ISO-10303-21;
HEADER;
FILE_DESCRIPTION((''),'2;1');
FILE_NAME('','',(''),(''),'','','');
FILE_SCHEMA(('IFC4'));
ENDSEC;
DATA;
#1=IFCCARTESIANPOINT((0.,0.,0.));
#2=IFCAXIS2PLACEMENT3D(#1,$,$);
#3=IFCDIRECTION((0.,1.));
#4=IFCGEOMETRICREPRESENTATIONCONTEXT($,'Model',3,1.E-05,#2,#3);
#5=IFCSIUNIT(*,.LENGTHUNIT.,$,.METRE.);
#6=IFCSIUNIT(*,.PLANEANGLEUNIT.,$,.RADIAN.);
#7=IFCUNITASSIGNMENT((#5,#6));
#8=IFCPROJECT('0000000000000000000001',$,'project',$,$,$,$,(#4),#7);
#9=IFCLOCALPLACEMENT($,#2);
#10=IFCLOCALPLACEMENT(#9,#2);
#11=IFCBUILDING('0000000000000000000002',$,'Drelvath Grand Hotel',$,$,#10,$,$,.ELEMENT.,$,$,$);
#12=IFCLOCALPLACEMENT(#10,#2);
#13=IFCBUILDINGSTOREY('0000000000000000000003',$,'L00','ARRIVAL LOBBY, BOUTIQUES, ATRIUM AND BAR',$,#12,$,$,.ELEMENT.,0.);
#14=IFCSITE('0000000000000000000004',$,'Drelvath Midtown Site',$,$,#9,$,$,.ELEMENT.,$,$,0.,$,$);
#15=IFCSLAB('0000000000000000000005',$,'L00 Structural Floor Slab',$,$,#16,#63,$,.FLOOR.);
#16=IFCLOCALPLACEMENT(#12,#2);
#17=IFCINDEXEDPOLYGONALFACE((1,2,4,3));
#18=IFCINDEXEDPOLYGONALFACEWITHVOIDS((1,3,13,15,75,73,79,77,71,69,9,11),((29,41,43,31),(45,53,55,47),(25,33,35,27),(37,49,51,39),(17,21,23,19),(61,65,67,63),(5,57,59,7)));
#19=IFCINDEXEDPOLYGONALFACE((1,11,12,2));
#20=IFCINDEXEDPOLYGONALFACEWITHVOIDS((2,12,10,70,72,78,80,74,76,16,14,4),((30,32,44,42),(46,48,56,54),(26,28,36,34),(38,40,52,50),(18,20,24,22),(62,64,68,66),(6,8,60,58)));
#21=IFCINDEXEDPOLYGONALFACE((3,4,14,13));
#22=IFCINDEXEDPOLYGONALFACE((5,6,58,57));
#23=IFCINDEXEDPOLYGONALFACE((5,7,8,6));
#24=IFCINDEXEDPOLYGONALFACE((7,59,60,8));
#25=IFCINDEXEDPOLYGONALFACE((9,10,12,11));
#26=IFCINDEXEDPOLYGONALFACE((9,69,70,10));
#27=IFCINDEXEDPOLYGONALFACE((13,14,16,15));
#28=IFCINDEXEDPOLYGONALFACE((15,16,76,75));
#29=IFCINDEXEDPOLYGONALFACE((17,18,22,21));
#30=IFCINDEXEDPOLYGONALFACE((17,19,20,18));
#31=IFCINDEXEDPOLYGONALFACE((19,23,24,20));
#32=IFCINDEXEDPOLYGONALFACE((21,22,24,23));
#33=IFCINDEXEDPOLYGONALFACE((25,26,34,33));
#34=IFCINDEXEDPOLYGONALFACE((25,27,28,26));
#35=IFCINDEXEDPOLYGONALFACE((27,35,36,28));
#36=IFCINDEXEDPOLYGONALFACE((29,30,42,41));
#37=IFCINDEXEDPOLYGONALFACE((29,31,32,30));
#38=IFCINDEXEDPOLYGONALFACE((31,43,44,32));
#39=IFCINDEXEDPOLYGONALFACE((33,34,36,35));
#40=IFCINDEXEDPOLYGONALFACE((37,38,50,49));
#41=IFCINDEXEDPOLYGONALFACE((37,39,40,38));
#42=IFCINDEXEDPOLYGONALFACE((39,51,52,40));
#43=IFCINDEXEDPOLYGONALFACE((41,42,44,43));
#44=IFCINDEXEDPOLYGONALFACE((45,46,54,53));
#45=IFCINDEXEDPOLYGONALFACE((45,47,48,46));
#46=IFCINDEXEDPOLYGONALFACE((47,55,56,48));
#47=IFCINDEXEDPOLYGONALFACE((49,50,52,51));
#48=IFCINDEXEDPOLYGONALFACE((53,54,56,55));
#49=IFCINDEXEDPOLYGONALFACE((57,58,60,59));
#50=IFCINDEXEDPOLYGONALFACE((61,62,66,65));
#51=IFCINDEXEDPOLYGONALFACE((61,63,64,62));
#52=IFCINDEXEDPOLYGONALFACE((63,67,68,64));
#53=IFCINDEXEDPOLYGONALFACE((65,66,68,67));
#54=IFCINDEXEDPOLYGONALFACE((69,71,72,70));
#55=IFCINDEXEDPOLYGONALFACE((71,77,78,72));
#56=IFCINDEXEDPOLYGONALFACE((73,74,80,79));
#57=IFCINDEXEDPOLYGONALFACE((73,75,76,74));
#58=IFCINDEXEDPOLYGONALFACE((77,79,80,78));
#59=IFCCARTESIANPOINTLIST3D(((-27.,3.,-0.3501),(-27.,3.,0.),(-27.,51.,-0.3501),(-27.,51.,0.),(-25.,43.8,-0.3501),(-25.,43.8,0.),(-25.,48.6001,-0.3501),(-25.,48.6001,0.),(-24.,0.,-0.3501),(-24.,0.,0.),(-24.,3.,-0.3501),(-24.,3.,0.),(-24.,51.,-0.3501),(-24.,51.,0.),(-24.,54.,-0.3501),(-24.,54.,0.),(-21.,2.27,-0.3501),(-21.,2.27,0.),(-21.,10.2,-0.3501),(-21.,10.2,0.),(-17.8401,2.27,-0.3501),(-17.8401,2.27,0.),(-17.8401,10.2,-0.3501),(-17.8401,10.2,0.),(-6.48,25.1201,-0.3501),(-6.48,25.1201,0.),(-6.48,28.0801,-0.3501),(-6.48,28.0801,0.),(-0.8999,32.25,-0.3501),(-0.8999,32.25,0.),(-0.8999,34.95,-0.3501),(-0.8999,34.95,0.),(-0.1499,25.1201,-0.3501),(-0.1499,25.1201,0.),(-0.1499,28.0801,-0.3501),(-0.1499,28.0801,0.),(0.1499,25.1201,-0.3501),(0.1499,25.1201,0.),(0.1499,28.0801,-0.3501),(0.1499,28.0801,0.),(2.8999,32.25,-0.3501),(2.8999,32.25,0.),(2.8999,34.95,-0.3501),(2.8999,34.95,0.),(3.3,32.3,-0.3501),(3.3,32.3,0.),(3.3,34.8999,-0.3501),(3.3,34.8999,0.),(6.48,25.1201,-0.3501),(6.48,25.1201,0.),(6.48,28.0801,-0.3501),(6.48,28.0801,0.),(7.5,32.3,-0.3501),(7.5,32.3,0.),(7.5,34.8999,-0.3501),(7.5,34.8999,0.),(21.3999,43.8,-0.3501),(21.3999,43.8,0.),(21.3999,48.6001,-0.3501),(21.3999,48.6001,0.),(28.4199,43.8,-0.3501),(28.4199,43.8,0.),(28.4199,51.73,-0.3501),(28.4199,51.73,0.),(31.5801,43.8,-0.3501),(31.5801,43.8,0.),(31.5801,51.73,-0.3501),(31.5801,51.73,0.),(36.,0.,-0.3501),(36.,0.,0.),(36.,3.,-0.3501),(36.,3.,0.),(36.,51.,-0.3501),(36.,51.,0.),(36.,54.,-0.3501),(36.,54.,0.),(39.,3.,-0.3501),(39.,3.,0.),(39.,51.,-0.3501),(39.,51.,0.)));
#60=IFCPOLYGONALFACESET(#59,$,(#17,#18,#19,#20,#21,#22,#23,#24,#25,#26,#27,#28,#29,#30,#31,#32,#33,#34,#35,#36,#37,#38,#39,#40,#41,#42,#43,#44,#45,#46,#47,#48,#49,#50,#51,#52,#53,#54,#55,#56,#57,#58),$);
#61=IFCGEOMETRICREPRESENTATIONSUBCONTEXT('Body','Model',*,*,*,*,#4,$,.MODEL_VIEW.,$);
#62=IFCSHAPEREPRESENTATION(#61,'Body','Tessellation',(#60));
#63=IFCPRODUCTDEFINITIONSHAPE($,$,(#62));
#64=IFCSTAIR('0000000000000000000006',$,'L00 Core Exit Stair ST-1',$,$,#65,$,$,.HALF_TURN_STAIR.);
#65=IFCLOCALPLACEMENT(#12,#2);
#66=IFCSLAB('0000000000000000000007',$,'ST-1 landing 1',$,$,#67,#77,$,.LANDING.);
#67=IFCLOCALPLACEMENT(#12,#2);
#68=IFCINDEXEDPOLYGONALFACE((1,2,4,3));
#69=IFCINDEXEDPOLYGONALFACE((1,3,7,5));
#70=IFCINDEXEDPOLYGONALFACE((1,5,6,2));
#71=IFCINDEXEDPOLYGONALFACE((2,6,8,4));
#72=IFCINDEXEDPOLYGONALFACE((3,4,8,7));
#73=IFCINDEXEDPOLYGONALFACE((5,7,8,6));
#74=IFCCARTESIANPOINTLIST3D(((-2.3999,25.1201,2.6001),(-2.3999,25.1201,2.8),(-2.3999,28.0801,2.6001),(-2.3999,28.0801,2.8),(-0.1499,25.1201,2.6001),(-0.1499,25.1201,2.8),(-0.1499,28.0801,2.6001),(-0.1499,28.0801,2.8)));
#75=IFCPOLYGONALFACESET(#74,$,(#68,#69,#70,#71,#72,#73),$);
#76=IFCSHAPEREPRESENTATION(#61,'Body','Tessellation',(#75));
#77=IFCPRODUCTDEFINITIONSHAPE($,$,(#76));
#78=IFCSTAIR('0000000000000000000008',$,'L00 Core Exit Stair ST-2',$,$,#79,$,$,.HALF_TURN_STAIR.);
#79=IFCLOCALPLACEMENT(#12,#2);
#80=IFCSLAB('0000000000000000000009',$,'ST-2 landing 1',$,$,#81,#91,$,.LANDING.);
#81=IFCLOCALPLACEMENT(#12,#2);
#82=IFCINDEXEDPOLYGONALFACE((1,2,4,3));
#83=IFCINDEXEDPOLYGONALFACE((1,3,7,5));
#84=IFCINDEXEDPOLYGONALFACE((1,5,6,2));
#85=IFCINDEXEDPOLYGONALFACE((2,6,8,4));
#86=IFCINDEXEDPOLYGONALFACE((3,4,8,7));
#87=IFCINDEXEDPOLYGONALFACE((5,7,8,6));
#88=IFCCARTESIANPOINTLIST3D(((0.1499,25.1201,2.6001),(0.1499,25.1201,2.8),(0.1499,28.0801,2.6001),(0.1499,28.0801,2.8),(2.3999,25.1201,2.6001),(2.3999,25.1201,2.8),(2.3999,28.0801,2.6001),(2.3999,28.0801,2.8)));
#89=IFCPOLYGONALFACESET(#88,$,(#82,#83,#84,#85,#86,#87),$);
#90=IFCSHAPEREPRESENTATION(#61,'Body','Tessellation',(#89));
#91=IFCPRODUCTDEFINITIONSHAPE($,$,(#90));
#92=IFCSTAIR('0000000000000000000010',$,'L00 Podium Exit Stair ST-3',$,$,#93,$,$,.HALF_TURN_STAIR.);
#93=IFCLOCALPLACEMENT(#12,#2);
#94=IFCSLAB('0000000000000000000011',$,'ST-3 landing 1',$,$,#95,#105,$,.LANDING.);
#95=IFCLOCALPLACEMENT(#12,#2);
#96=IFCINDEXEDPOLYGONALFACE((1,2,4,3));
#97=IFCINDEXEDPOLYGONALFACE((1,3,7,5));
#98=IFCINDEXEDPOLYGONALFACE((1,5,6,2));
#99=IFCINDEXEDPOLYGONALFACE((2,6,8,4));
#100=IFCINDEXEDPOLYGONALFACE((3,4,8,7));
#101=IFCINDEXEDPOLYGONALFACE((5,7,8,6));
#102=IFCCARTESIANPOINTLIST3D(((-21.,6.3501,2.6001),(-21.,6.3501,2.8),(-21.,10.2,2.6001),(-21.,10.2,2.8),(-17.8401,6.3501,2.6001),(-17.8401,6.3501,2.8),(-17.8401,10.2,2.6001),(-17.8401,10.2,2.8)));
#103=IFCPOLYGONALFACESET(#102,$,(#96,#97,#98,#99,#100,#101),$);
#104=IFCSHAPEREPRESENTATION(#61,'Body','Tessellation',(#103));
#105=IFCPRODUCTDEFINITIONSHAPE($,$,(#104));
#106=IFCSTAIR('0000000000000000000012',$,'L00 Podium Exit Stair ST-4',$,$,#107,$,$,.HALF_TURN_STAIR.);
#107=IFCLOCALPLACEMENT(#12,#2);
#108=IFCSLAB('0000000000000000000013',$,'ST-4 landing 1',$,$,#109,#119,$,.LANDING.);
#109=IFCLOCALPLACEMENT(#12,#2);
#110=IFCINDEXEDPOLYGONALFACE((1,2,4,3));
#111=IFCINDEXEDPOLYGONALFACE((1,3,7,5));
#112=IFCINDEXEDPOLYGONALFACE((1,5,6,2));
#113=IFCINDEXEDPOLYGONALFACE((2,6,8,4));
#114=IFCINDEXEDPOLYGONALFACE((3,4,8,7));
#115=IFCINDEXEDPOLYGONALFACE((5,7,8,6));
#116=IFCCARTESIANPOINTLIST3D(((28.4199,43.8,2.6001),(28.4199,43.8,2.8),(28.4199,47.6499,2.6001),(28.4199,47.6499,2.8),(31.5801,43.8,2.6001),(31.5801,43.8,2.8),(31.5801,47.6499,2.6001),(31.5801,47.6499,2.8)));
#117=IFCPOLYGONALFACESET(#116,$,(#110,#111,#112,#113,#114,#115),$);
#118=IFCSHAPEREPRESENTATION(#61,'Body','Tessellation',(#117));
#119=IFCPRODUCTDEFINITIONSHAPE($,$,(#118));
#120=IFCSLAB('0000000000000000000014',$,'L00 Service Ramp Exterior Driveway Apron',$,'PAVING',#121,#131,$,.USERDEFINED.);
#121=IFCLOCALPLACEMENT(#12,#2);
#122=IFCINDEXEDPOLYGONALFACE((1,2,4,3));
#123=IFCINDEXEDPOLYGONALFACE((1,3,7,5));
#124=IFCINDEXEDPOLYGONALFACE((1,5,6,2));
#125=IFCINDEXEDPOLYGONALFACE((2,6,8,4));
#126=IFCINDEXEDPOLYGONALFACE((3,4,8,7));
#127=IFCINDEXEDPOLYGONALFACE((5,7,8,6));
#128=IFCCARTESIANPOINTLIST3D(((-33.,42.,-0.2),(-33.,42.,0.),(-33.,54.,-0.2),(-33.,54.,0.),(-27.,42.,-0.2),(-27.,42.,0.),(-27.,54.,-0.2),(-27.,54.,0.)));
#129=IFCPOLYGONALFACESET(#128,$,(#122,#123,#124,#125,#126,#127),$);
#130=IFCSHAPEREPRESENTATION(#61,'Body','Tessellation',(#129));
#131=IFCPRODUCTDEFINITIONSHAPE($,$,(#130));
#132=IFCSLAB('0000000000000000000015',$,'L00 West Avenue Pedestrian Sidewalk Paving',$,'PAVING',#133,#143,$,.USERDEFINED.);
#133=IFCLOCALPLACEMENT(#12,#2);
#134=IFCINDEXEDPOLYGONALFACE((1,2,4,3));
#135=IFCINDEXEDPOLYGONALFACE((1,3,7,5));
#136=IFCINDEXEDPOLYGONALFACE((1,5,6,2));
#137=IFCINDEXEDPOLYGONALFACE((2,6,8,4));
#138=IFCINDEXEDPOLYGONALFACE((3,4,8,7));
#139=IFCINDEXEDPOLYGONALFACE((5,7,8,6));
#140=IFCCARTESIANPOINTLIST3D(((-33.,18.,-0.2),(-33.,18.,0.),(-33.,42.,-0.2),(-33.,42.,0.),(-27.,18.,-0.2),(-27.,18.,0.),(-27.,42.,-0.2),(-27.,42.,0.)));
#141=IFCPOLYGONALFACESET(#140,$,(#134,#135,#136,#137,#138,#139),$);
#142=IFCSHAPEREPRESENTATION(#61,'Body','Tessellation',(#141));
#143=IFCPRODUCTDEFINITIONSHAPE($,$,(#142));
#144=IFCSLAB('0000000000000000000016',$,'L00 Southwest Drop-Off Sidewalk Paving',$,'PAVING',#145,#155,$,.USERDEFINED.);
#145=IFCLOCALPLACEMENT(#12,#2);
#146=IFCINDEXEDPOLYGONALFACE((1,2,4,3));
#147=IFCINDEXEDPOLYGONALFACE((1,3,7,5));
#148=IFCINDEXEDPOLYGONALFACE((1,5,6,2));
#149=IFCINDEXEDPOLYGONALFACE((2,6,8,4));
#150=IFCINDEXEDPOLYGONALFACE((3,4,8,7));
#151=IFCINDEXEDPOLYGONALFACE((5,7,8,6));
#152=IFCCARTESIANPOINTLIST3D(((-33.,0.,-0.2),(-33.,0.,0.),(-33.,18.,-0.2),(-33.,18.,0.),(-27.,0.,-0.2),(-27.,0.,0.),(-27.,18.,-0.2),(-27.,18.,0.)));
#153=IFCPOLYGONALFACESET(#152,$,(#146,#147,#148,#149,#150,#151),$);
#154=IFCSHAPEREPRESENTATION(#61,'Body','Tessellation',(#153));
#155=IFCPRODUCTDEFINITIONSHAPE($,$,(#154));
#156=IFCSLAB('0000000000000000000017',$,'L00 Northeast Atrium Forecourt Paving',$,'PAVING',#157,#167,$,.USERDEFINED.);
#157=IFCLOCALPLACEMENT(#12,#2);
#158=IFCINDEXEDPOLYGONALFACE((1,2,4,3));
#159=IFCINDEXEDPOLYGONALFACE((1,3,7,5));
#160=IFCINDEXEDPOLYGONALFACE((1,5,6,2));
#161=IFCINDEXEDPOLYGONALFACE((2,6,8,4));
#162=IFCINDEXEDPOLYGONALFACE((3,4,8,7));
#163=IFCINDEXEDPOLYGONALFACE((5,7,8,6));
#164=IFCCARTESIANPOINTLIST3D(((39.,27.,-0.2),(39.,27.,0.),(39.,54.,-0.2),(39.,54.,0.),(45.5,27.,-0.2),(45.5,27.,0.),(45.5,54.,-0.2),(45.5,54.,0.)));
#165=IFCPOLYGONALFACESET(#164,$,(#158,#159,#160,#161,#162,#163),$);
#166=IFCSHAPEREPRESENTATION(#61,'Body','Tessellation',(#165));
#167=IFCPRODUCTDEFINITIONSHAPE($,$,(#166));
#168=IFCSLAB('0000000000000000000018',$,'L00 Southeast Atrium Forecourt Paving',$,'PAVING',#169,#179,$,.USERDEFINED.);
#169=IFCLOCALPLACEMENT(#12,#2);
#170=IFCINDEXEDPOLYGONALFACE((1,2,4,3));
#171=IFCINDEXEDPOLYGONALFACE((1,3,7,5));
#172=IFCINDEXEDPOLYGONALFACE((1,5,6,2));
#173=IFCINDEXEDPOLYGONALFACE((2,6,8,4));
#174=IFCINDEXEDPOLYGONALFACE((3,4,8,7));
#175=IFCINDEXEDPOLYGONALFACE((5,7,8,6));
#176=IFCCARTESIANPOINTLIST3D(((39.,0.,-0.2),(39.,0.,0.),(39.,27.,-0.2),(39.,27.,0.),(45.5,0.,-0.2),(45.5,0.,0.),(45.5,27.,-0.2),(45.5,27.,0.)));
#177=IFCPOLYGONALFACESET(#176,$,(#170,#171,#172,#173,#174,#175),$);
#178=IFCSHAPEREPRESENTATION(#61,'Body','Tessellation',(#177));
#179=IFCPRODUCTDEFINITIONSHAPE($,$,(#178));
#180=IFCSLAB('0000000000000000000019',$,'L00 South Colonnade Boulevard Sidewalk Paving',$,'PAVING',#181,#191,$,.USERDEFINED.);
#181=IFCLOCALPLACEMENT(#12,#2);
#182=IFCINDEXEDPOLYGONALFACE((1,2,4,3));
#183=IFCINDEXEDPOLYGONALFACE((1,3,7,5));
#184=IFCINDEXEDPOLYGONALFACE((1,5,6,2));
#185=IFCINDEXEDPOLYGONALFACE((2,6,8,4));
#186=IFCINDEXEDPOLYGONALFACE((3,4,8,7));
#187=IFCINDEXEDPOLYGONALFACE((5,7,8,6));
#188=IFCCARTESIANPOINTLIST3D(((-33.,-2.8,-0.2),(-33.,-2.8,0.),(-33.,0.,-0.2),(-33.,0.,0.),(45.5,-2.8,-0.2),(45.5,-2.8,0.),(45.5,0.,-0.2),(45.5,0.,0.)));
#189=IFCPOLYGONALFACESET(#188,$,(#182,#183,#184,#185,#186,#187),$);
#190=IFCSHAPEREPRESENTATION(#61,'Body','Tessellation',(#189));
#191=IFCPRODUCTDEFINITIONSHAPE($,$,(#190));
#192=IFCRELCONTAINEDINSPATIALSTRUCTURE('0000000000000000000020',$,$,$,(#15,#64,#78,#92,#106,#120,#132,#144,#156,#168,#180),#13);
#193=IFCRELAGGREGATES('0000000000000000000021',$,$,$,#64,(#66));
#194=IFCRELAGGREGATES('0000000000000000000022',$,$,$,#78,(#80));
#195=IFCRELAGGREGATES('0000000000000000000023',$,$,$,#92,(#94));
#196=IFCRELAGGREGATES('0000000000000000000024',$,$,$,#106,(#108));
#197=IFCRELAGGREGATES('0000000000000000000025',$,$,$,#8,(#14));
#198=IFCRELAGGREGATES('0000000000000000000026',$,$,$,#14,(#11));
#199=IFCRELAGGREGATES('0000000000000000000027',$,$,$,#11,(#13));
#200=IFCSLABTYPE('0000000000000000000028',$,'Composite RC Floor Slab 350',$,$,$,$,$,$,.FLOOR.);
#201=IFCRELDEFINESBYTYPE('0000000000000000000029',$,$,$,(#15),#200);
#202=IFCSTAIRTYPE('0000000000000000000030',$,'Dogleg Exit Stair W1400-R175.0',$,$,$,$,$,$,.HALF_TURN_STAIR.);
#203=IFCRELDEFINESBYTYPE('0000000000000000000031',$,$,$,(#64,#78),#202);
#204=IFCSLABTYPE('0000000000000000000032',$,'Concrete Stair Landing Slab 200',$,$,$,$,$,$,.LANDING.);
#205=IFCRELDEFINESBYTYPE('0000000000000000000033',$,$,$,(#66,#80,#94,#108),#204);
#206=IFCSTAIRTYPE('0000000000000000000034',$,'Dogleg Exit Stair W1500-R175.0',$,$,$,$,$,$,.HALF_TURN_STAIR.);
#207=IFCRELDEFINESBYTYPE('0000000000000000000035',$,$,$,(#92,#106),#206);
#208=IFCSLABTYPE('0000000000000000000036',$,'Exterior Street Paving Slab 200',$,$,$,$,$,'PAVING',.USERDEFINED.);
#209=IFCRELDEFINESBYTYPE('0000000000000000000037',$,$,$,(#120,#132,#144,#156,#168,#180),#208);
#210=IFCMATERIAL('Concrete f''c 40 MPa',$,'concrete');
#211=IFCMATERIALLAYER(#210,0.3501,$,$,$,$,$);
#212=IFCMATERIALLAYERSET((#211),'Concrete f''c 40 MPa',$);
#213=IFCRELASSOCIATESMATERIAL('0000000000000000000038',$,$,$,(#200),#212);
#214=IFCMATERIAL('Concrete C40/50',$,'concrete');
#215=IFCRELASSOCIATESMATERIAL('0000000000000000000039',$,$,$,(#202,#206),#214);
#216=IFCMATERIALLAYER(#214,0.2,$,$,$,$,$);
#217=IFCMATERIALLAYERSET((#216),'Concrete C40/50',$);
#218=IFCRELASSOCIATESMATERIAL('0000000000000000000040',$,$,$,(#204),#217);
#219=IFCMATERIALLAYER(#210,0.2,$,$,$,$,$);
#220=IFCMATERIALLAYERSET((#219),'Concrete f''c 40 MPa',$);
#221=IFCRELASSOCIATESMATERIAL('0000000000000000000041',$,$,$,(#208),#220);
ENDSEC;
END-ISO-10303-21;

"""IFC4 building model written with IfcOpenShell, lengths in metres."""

from ifc_helpers import new_model, si_unit, direction, frame, origin, place, context, subcontext, project, spatial, polyline, outline, extrude, material, layer, layer_set, type_object, element, aggregate, save


model = new_model("IFC4")

# Units and contexts
model_context = context("Model", 3, precision=1e-05, world=origin(), true_north=direction((0.0, 1.0)))
body_context = subcontext(model_context, "Body", "Model", "MODEL_VIEW")
ifc_project = project(units=[si_unit("LENGTHUNIT", "METRE"), si_unit("PLANEANGLEUNIT", "RADIAN")], contexts=[model_context])

# Site, building, storey
site_placement = place(None, origin())
site = spatial("IfcSite", under=ifc_project, at=site_placement, Name="Drelvath Midtown Site", CompositionType="ELEMENT", RefElevation=0.0)
building_placement = place(site_placement, origin())
building = spatial("IfcBuilding", under=site, at=building_placement, Name="Drelvath Grand Hotel", CompositionType="ELEMENT")
storey_placement = place(building_placement, origin())
storey = spatial("IfcBuildingStorey", under=building, at=storey_placement, Name="L00", Description="ARRIVAL LOBBY, BOUTIQUES, ATRIUM AND BAR", CompositionType="ELEMENT", Elevation=0.0)

# Slab
ifc_material_1 = material(Name="Concrete f'c 40 MPa", Category="concrete")
ifc_layer_1 = layer(ifc_material_1, 0.3501)
ifc_layer_set_1 = layer_set([ifc_layer_1], Name="Concrete f'c 40 MPa")
slab_type_1 = type_object("IfcSlabType", Name="Composite RC Floor Slab 350", PredefinedType="FLOOR", material=ifc_layer_set_1)
slab_1_placement = place(storey_placement, frame((0.0, 0.0, -0.3501)))
element("IfcSlab", 1, at=slab_1_placement, inside=storey, type_object=slab_type_1, Name="L00 Structural Floor Slab", PredefinedType="FLOOR", context=body_context, shape_type="SweptSolid", body=[
    extrude(outline(polyline([(-24.0, 0.0), (36.0, 0.0), (36.0, 3.0), (39.0, 3.0), (39.0, 51.0), (36.0, 51.0), (36.0, 54.0), (-24.0, 54.0), (-24.0, 51.0), (-27.0, 51.0), (-27.0, 3.0), (-24.0, 3.0), (-24.0, 0.0)]), holes=[polyline([(-6.48, 25.1201), (-6.48, 28.0801), (-0.1499, 28.0801), (-0.1499, 25.1201), (-6.48, 25.1201)]), polyline([(0.1499, 25.1201), (0.1499, 28.0801), (6.48, 28.0801), (6.48, 25.1201), (0.1499, 25.1201)]), polyline([(-21.0, 2.27), (-21.0, 10.2), (-17.8401, 10.2), (-17.8401, 2.27), (-21.0, 2.27)]), polyline([(28.4199, 43.8), (28.4199, 51.73), (31.5801, 51.73), (31.5801, 43.8), (28.4199, 43.8)]), polyline([(-0.8999, 32.25), (-0.8999, 34.95), (2.8999, 34.95), (2.8999, 32.25), (-0.8999, 32.25)]), polyline([(3.3, 32.3), (3.3, 34.8999), (7.5, 34.8999), (7.5, 32.3), (3.3, 32.3)]), polyline([(-25.0, 43.8), (-25.0, 48.6001), (21.3999, 48.6001), (21.3999, 43.8), (-25.0, 43.8)])]), origin(), (0.0, 0.0, 1.0), 0.3501),
])

# Stairs, slabs
ifc_material_2 = material(Name="Concrete C40/50", Category="concrete")
stair_type_1 = type_object("IfcStairType", Name="Dogleg Exit Stair W1400-R175.0", PredefinedType="HALF_TURN_STAIR", material=ifc_material_2)
stair_1_placement = place(storey_placement, origin())
stair_1 = element("IfcStair", 2, at=stair_1_placement, inside=storey, type_object=stair_type_1, Name="L00 Core Exit Stair ST-1", PredefinedType="HALF_TURN_STAIR")
ifc_layer_2 = layer(ifc_material_2, 0.2)
ifc_layer_set_2 = layer_set([ifc_layer_2], Name="Concrete C40/50")
slab_type_2 = type_object("IfcSlabType", Name="Concrete Stair Landing Slab 200", PredefinedType="LANDING", material=ifc_layer_set_2)
slab_2_placement = place(storey_placement, frame((0.0, 0.0, 2.6001)))
slab_2 = element("IfcSlab", 3, at=slab_2_placement, type_object=slab_type_2, Name="ST-1 landing 1", PredefinedType="LANDING", context=body_context, shape_type="SweptSolid", body=[
    extrude(outline(polyline([(-2.3999, 25.1201), (-0.1499, 25.1201), (-0.1499, 28.0801), (-2.3999, 28.0801), (-2.3999, 25.1201)])), origin(), (0.0, 0.0, 1.0), 0.2),
])
aggregate(stair_1, [slab_2])
stair_2_placement = place(storey_placement, origin())
stair_2 = element("IfcStair", 4, at=stair_2_placement, inside=storey, type_object=stair_type_1, Name="L00 Core Exit Stair ST-2", PredefinedType="HALF_TURN_STAIR")
slab_3_placement = place(storey_placement, frame((0.0, 0.0, 2.6001)))
slab_3 = element("IfcSlab", 5, at=slab_3_placement, type_object=slab_type_2, Name="ST-2 landing 1", PredefinedType="LANDING", context=body_context, shape_type="SweptSolid", body=[
    extrude(outline(polyline([(2.3999, 28.0801), (0.1499, 28.0801), (0.1499, 25.1201), (2.3999, 25.1201), (2.3999, 28.0801)])), origin(), (0.0, 0.0, 1.0), 0.2),
])
aggregate(stair_2, [slab_3])
stair_type_2 = type_object("IfcStairType", Name="Dogleg Exit Stair W1500-R175.0", PredefinedType="HALF_TURN_STAIR", material=ifc_material_2)
stair_3_placement = place(storey_placement, origin())
stair_3 = element("IfcStair", 6, at=stair_3_placement, inside=storey, type_object=stair_type_2, Name="L00 Podium Exit Stair ST-3", PredefinedType="HALF_TURN_STAIR")
slab_4_placement = place(storey_placement, frame((0.0, 0.0, 2.6001)))
slab_4 = element("IfcSlab", 7, at=slab_4_placement, type_object=slab_type_2, Name="ST-3 landing 1", PredefinedType="LANDING", context=body_context, shape_type="SweptSolid", body=[
    extrude(outline(polyline([(-17.8401, 6.3501), (-17.8401, 10.2), (-21.0, 10.2), (-21.0, 6.3501), (-17.8401, 6.3501)])), origin(), (0.0, 0.0, 1.0), 0.2),
])
aggregate(stair_3, [slab_4])
stair_4_placement = place(storey_placement, origin())
stair_4 = element("IfcStair", 8, at=stair_4_placement, inside=storey, type_object=stair_type_2, Name="L00 Podium Exit Stair ST-4", PredefinedType="HALF_TURN_STAIR")
slab_5_placement = place(storey_placement, frame((0.0, 0.0, 2.6001)))
slab_5 = element("IfcSlab", 9, at=slab_5_placement, type_object=slab_type_2, Name="ST-4 landing 1", PredefinedType="LANDING", context=body_context, shape_type="SweptSolid", body=[
    extrude(outline(polyline([(28.4199, 47.6499), (28.4199, 43.8), (31.5801, 43.8), (31.5801, 47.6499), (28.4199, 47.6499)])), origin(), (0.0, 0.0, 1.0), 0.2),
])
aggregate(stair_4, [slab_5])

# Slabs
ifc_layer_3 = layer(ifc_material_1, 0.2)
ifc_layer_set_3 = layer_set([ifc_layer_3], Name="Concrete f'c 40 MPa")
slab_type_3 = type_object("IfcSlabType", Name="Exterior Street Paving Slab 200", ElementType="PAVING", PredefinedType="USERDEFINED", material=ifc_layer_set_3)
slab_6_placement = place(storey_placement, frame((0.0, 0.0, -0.2)))
element("IfcSlab", 10, at=slab_6_placement, inside=storey, type_object=slab_type_3, Name="L00 Service Ramp Exterior Driveway Apron", ObjectType="PAVING", PredefinedType="USERDEFINED", context=body_context, shape_type="SweptSolid", body=[
    extrude(outline(polyline([(-33.0, 42.0), (-27.0, 42.0), (-27.0, 54.0), (-33.0, 54.0), (-33.0, 42.0)])), origin(), (0.0, 0.0, 1.0), 0.2),
])
slab_7_placement = place(storey_placement, frame((0.0, 0.0, -0.2)))
element("IfcSlab", 11, at=slab_7_placement, inside=storey, type_object=slab_type_3, Name="L00 West Avenue Pedestrian Sidewalk Paving", ObjectType="PAVING", PredefinedType="USERDEFINED", context=body_context, shape_type="SweptSolid", body=[
    extrude(outline(polyline([(-33.0, 18.0), (-27.0, 18.0), (-27.0, 42.0), (-33.0, 42.0), (-33.0, 18.0)])), origin(), (0.0, 0.0, 1.0), 0.2),
])
slab_8_placement = place(storey_placement, frame((0.0, 0.0, -0.2)))
element("IfcSlab", 12, at=slab_8_placement, inside=storey, type_object=slab_type_3, Name="L00 Southwest Drop-Off Sidewalk Paving", ObjectType="PAVING", PredefinedType="USERDEFINED", context=body_context, shape_type="SweptSolid", body=[
    extrude(outline(polyline([(-33.0, 0.0), (-27.0, 0.0), (-27.0, 18.0), (-33.0, 18.0), (-33.0, 0.0)])), origin(), (0.0, 0.0, 1.0), 0.2),
])
slab_9_placement = place(storey_placement, frame((0.0, 0.0, -0.2)))
element("IfcSlab", 13, at=slab_9_placement, inside=storey, type_object=slab_type_3, Name="L00 Northeast Atrium Forecourt Paving", ObjectType="PAVING", PredefinedType="USERDEFINED", context=body_context, shape_type="SweptSolid", body=[
    extrude(outline(polyline([(39.0, 27.0), (45.5, 27.0), (45.5, 54.0), (39.0, 54.0), (39.0, 27.0)])), origin(), (0.0, 0.0, 1.0), 0.2),
])
slab_10_placement = place(storey_placement, frame((0.0, 0.0, -0.2)))
element("IfcSlab", 14, at=slab_10_placement, inside=storey, type_object=slab_type_3, Name="L00 Southeast Atrium Forecourt Paving", ObjectType="PAVING", PredefinedType="USERDEFINED", context=body_context, shape_type="SweptSolid", body=[
    extrude(outline(polyline([(39.0, 0.0), (45.5, 0.0), (45.5, 27.0), (39.0, 27.0), (39.0, 0.0)])), origin(), (0.0, 0.0, 1.0), 0.2),
])
slab_11_placement = place(storey_placement, frame((0.0, 0.0, -0.2)))
element("IfcSlab", 15, at=slab_11_placement, inside=storey, type_object=slab_type_3, Name="L00 South Colonnade Boulevard Sidewalk Paving", ObjectType="PAVING", PredefinedType="USERDEFINED", context=body_context, shape_type="SweptSolid", body=[
    extrude(outline(polyline([(-33.0, -2.8), (45.5, -2.8), (45.5, 0.0), (-33.0, 0.0), (-33.0, -2.8)])), origin(), (0.0, 0.0, 1.0), 0.2),
])

save(model, "model.ifc")
